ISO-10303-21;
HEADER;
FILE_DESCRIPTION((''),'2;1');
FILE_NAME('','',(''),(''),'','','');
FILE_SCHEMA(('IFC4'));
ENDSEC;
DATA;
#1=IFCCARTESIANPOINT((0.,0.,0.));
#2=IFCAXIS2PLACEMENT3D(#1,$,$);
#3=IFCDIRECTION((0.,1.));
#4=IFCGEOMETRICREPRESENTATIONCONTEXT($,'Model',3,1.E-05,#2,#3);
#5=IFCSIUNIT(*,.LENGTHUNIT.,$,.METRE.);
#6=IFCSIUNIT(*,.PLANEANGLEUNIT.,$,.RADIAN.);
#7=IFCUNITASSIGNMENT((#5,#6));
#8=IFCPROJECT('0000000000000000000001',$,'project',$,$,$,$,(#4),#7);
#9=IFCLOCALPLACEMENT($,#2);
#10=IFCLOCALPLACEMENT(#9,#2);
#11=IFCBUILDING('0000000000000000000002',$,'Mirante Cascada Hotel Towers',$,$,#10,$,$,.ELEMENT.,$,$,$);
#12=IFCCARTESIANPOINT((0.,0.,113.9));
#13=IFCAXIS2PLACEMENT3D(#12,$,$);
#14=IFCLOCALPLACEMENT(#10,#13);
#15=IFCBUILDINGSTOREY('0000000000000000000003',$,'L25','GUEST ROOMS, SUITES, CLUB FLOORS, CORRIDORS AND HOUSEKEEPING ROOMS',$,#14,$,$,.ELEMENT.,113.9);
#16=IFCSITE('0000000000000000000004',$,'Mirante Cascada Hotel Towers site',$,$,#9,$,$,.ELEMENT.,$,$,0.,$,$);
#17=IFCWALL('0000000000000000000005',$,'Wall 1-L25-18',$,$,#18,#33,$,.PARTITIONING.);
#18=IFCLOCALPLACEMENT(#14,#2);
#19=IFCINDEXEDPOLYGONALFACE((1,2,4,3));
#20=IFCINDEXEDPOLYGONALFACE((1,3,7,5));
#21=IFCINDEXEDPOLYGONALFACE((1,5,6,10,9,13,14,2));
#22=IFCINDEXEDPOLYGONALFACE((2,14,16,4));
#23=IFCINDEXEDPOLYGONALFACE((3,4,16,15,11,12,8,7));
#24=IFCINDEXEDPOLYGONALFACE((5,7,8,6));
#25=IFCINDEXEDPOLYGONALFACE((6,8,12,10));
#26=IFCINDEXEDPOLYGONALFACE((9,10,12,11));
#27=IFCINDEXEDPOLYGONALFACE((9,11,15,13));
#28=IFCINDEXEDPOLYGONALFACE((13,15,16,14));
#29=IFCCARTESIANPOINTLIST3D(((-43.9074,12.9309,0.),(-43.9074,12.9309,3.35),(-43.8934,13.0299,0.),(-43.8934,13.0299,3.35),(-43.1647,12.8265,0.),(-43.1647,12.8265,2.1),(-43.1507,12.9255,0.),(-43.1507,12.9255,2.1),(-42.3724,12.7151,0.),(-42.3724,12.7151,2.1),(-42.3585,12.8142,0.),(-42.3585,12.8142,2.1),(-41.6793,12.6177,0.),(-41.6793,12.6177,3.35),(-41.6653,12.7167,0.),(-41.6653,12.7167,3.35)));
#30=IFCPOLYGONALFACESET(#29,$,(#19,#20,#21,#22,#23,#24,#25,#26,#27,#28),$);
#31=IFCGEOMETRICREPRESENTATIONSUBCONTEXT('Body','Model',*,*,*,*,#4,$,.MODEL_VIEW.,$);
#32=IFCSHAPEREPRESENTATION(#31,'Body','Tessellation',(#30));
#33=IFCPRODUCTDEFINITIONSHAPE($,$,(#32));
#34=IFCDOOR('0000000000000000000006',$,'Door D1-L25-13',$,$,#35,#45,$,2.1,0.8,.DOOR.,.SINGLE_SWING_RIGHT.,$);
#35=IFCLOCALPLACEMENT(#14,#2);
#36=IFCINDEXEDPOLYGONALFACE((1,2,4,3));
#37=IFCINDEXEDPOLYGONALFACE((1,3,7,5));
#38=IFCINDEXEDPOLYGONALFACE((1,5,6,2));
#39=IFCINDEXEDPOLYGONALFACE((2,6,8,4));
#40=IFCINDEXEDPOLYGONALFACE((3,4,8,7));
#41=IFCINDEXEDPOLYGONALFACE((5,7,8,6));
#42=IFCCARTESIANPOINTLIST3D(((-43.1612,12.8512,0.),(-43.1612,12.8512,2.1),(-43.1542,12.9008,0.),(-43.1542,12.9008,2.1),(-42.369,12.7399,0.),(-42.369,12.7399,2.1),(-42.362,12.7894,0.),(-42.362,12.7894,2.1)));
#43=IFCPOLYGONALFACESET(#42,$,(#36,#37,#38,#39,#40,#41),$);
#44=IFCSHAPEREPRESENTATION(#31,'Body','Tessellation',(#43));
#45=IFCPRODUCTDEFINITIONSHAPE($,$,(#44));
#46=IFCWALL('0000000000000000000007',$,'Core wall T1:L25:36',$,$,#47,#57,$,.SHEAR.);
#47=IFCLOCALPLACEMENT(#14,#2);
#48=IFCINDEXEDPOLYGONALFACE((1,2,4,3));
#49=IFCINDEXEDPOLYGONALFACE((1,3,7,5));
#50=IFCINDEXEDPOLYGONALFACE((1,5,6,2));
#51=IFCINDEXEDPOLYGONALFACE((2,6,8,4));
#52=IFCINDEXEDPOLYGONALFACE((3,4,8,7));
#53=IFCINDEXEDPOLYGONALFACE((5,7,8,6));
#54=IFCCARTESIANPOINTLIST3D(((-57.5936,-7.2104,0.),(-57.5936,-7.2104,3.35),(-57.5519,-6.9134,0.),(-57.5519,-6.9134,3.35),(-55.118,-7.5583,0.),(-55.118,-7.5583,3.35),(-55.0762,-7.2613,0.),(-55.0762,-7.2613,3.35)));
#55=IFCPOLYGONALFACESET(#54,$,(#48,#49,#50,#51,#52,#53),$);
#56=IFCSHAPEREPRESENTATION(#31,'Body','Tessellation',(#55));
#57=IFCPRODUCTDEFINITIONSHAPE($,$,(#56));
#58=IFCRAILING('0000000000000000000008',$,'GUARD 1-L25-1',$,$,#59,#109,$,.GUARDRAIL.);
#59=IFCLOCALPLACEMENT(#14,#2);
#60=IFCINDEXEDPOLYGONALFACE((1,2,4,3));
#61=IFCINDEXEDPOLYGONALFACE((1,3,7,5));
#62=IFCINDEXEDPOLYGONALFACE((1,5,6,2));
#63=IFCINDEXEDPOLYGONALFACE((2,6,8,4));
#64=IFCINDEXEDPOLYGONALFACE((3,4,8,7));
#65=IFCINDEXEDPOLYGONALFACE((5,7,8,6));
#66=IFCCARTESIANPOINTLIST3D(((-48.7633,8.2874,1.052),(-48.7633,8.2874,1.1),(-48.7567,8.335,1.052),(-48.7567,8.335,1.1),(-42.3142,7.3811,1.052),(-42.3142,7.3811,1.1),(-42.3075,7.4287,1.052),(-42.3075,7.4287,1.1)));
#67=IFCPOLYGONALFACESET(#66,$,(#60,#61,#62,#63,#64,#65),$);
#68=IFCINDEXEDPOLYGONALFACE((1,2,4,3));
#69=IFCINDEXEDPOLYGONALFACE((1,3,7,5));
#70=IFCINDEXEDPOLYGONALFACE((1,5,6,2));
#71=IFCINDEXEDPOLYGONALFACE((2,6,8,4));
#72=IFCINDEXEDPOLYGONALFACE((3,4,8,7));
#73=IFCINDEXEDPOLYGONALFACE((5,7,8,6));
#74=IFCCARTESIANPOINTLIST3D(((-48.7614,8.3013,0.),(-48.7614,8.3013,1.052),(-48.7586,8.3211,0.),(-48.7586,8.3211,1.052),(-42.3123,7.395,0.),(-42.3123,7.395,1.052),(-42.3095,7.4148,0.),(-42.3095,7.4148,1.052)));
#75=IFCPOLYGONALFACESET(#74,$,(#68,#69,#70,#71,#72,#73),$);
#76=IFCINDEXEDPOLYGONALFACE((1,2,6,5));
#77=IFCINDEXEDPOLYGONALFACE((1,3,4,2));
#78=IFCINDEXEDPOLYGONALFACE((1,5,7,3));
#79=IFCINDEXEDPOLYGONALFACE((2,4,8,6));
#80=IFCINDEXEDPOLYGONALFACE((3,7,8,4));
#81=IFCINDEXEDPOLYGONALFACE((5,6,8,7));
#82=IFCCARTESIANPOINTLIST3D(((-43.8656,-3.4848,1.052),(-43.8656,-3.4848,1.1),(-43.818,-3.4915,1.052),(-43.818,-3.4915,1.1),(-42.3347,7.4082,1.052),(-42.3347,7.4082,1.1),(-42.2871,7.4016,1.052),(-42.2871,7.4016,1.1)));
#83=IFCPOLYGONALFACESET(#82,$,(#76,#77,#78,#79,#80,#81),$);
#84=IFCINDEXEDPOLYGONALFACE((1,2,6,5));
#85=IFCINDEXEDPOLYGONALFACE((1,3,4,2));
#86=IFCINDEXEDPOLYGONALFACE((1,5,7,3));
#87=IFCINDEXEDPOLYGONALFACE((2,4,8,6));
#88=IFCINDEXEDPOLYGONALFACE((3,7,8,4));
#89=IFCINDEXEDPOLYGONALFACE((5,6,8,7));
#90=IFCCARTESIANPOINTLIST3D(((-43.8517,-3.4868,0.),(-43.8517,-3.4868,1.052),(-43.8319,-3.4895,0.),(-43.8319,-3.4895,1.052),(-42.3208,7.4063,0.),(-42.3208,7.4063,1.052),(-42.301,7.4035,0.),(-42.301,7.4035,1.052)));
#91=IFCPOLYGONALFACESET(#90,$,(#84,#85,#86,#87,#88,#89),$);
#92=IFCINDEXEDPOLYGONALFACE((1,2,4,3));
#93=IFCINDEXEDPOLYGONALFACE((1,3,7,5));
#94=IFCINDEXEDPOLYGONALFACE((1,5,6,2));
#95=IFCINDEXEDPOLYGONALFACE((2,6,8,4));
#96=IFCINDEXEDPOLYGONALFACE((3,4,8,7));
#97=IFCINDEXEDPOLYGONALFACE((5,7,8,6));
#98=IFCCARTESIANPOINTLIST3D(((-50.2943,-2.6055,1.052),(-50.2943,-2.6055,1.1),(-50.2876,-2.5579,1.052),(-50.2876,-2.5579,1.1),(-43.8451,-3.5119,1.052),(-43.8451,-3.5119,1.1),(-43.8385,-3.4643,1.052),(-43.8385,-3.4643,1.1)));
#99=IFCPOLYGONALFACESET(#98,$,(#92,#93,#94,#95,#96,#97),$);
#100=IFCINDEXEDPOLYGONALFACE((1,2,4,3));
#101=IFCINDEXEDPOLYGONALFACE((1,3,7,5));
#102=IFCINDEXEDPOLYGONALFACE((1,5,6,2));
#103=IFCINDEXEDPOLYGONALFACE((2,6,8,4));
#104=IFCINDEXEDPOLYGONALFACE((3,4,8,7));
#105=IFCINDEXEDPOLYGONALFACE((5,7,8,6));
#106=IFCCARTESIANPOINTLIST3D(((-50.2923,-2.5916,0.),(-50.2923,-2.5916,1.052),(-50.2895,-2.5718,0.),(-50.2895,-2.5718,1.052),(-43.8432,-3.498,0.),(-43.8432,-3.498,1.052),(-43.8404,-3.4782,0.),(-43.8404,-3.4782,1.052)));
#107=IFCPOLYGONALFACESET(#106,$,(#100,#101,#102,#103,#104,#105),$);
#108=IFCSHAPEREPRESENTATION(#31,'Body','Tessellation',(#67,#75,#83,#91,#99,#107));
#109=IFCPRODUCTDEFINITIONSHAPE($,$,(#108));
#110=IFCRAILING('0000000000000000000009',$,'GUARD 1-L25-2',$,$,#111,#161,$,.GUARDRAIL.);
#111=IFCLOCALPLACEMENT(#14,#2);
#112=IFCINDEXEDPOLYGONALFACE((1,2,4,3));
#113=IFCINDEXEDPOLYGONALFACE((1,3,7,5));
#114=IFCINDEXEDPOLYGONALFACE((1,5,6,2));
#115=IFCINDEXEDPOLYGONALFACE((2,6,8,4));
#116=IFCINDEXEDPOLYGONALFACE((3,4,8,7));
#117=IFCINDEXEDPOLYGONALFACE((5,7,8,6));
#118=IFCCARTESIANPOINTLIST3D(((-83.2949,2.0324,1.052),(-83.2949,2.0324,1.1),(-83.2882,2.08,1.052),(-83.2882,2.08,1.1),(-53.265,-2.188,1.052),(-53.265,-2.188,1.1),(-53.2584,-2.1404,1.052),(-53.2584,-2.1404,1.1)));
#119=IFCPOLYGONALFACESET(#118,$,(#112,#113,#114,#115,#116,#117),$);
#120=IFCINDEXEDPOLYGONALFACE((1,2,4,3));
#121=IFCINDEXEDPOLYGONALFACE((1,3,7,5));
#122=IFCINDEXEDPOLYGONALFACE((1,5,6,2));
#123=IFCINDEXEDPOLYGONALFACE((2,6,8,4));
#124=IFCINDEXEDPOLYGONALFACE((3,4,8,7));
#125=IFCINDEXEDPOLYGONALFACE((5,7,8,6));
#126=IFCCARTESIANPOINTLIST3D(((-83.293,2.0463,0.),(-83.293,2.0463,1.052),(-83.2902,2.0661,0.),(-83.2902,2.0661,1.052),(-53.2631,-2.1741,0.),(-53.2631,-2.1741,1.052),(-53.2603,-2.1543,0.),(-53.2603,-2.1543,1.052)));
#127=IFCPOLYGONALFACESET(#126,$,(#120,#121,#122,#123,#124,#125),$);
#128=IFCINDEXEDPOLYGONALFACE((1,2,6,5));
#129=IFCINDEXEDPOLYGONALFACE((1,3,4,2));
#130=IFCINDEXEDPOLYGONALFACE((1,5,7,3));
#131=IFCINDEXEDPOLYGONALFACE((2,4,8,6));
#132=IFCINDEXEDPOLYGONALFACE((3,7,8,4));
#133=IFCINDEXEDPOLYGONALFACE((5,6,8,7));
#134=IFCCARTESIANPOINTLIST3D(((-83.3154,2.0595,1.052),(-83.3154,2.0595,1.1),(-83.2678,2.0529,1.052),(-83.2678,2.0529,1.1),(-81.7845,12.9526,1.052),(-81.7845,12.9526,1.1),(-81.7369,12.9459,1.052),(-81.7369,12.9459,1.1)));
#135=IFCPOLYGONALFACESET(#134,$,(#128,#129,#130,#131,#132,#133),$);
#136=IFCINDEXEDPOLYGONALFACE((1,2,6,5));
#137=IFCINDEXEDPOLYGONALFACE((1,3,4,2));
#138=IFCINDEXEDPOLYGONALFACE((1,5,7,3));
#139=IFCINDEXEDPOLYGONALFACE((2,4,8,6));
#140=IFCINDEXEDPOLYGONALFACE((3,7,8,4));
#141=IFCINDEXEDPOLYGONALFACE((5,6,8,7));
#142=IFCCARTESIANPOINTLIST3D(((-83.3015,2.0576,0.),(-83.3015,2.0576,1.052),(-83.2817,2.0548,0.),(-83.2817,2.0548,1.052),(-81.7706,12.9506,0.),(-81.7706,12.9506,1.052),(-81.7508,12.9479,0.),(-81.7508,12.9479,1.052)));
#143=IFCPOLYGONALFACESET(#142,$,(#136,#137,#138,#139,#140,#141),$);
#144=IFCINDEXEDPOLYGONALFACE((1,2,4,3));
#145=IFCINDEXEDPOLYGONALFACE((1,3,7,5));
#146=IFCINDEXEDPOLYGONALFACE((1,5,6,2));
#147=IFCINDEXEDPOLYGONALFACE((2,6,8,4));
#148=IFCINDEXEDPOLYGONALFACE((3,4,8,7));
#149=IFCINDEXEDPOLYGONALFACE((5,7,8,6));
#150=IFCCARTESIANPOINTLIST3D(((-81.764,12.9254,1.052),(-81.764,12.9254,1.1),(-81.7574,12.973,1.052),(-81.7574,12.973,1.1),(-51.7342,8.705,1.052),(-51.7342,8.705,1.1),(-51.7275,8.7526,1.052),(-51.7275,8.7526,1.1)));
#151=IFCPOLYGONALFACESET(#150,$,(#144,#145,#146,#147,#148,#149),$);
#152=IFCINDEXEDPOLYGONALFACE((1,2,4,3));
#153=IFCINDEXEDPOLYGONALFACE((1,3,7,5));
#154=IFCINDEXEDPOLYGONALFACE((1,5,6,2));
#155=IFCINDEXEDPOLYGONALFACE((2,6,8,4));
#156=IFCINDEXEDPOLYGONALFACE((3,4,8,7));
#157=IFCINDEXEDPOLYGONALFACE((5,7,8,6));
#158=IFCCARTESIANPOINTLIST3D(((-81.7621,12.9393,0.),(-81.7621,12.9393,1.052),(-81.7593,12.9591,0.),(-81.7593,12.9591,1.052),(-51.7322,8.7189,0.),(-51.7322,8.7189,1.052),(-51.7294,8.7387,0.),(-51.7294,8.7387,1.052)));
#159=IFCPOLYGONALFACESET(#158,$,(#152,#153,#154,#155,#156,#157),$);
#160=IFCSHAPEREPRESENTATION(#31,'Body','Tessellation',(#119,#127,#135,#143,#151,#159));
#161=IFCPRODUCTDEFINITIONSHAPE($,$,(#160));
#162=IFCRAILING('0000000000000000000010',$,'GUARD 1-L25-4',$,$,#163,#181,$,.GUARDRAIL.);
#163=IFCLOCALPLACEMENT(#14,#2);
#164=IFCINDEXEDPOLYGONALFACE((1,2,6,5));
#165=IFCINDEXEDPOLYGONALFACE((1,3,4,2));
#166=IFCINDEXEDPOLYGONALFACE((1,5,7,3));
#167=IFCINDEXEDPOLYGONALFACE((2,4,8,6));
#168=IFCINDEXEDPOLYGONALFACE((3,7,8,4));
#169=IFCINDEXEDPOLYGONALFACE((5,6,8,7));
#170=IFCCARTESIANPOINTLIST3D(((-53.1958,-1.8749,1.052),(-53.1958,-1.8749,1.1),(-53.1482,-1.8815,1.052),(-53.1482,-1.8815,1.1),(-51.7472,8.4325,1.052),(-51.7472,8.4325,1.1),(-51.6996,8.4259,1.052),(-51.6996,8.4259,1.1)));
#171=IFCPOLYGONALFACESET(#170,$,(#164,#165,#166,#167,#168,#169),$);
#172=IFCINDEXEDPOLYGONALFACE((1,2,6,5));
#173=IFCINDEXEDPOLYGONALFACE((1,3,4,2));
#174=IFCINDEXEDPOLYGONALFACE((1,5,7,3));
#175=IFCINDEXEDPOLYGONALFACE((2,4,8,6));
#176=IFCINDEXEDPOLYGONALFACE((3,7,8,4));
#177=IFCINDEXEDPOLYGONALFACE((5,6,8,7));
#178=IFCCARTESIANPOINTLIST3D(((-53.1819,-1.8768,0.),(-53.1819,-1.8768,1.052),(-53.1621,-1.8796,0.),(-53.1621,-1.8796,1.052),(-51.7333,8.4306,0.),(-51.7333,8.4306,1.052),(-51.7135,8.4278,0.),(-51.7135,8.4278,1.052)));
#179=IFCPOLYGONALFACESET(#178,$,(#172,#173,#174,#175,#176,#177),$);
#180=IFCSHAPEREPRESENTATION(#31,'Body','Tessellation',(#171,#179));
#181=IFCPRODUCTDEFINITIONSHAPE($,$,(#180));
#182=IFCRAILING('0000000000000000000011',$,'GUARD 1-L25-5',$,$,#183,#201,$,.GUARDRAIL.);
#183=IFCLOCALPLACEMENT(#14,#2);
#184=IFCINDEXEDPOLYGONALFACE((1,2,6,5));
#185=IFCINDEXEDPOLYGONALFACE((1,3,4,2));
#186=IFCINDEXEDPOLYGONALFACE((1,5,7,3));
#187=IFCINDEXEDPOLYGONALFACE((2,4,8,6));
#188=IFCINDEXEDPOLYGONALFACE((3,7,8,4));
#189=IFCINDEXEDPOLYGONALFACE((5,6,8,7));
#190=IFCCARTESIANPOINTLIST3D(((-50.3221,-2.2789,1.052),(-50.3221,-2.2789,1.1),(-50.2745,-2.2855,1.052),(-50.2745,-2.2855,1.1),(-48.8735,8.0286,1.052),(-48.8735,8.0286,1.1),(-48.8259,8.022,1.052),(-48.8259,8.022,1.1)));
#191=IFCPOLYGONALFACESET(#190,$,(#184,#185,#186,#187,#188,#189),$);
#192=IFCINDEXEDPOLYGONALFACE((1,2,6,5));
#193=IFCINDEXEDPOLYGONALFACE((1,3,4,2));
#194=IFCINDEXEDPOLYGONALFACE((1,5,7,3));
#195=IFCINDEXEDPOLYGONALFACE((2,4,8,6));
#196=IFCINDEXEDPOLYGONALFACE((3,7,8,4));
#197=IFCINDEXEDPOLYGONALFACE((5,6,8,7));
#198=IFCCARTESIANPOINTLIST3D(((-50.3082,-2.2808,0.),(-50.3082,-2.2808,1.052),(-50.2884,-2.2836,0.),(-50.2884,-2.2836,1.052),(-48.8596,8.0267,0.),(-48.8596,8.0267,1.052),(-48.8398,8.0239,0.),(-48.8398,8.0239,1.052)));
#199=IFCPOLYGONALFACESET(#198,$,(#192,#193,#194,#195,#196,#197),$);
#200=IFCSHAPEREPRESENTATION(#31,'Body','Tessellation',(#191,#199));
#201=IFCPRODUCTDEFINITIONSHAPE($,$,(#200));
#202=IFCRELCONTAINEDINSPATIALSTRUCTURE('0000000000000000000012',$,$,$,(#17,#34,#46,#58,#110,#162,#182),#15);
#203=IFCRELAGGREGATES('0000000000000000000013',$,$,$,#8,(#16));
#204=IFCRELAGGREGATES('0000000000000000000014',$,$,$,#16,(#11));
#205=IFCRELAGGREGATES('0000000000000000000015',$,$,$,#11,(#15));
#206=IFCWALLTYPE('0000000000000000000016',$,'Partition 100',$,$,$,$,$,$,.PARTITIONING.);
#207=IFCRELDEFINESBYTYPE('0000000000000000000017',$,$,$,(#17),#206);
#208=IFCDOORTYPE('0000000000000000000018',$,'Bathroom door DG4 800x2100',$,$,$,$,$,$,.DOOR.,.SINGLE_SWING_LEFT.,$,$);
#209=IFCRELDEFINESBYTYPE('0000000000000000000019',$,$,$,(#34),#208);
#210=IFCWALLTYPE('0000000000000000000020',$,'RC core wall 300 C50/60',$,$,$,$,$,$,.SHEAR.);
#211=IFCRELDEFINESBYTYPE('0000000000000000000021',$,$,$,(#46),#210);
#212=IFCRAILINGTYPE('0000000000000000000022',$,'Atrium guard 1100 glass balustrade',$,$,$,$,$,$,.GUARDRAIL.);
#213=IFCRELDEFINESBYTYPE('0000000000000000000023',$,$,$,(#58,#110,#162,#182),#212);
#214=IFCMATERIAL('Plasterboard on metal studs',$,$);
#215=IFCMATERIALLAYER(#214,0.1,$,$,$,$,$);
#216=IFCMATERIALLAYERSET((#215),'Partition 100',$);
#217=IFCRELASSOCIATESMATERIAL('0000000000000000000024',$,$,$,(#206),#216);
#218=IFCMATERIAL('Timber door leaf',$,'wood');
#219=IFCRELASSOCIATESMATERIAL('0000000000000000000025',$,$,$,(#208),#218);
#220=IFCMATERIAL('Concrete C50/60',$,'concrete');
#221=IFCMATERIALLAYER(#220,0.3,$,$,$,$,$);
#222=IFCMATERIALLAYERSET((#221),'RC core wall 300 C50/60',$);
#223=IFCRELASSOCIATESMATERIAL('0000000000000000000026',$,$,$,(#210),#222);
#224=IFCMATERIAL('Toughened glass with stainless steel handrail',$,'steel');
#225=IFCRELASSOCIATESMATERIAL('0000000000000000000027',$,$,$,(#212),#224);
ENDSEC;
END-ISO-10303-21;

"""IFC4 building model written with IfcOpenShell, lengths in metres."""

from ifc_helpers import new_model, si_unit, direction, frame, frame_2d, origin, origin_2d, place, context, subcontext, project, spatial, rectangle, extrude, material, layer, layer_set, type_object, element, fill, save


model = new_model("IFC4")

# Units and contexts
model_context = context("Model", 3, precision=1e-05, world=origin(), true_north=direction((0.0, 1.0)))
body_context = subcontext(model_context, "Body", "Model", "MODEL_VIEW")
ifc_project = project(units=[si_unit("LENGTHUNIT", "METRE"), si_unit("PLANEANGLEUNIT", "RADIAN")], contexts=[model_context])

# Site, building, storey
site_placement = place(None, origin())
site = spatial("IfcSite", under=ifc_project, at=site_placement, Name="Mirante Cascada Hotel Towers site", CompositionType="ELEMENT", RefElevation=0.0)
building_placement = place(site_placement, origin())
building = spatial("IfcBuilding", under=site, at=building_placement, Name="Mirante Cascada Hotel Towers", CompositionType="ELEMENT")
storey_placement = place(building_placement, frame((0.0, 0.0, 113.9)))
storey = spatial("IfcBuildingStorey", under=building, at=storey_placement, Name="L25", Description="GUEST ROOMS, SUITES, CLUB FLOORS, CORRIDORS AND HOUSEKEEPING ROOMS", CompositionType="ELEMENT", Elevation=113.9)

# Shared definitions
ifc_material_1 = material(Name="Plasterboard on metal studs")
ifc_layer_1 = layer(ifc_material_1, 0.1)
ifc_layer_set_1 = layer_set([ifc_layer_1], Name="Partition 100")
wall_type_1 = type_object("IfcWallType", Name="Partition 100", PredefinedType="PARTITIONING", material=ifc_layer_set_1)

# Wall, opening, door
wall_1_placement = place(storey_placement, frame((-41.6723, 12.6672, 0.0), z_axis=(0.0, 0.0, 1.0), x_axis=(-0.990264, 0.1392, 0.0)))
wall_1 = element("IfcWall", 1, at=wall_1_placement, inside=storey, type_object=wall_type_1, Name="Wall 1-L25-18", PredefinedType="PARTITIONING", context=body_context, shape_type="SweptSolid", body=[
    extrude(rectangle(XDim=2.25, YDim=0.1, at=frame_2d((1.125, 0.0))), origin(), (0.0, 0.0, 1.0), 3.35),
])
opening_1_placement = place(wall_1_placement, frame((0.7, 0.0, 0.0)))
opening_1 = element("IfcOpeningElement", 2, at=opening_1_placement, cuts=wall_1, PredefinedType="OPENING", context=body_context, shape_type="SweptSolid", body=[
    extrude(rectangle(XDim=0.8, YDim=2.1, at=frame_2d((0.4, 1.05))), frame((0.0, 0.05, 0.0), z_axis=(0.0, -1.0, 0.0), x_axis=(1.0, 0.0, 0.0)), (0.0, 0.0, 1.0), 0.1),
])
ifc_material_2 = material(Name="Timber door leaf", Category="wood")
door_type_1 = type_object("IfcDoorType", Name="Bathroom door DG4 800x2100", OperationType="SINGLE_SWING_LEFT", PredefinedType="DOOR", material=ifc_material_2)
door_1_placement = place(opening_1_placement, frame((0.8, 0.0, 0.0), z_axis=(0.0, 0.0, 1.0), x_axis=(-1.0, 0.0, 0.0)))
door_1 = element("IfcDoor", 3, at=door_1_placement, inside=storey, type_object=door_type_1, Name="Door D1-L25-13", OperationType="SINGLE_SWING_RIGHT", OverallHeight=2.1, OverallWidth=0.8, PredefinedType="DOOR", context=body_context, shape_type="SweptSolid", body=[
    extrude(rectangle(XDim=0.8, YDim=2.1, at=frame_2d((0.4, 1.05))), frame((0.0, 0.025, 0.0), z_axis=(0.0, -1.0, 0.0), x_axis=(1.0, 0.0, 0.0)), (0.0, 0.0, 1.0), 0.05),
])
fill(opening_1, door_1)

# Wall
ifc_material_3 = material(Name="Concrete C50/60", Category="concrete")
ifc_layer_2 = layer(ifc_material_3, 0.3)
ifc_layer_set_2 = layer_set([ifc_layer_2], Name="RC core wall 300 C50/60")
wall_type_2 = type_object("IfcWallType", Name="RC core wall 300 C50/60", PredefinedType="SHEAR", material=ifc_layer_set_2)
wall_2_placement = place(storey_placement, frame((-55.0971, -7.4098, 0.0), z_axis=(0.0, 0.0, 1.0), x_axis=(-0.99027, 0.139159, 0.0)))
element("IfcWall", 4, at=wall_2_placement, inside=storey, type_object=wall_type_2, Name="Core wall T1:L25:36", PredefinedType="SHEAR", context=body_context, shape_type="SweptSolid", body=[
    extrude(rectangle(XDim=2.5, YDim=0.3, at=frame_2d((1.25, 0.0))), origin(), (0.0, 0.0, 1.0), 3.35),
])

# Railings
ifc_material_4 = material(Name="Toughened glass with stainless steel handrail", Category="steel")
railing_type = type_object("IfcRailingType", Name="Atrium guard 1100 glass balustrade", PredefinedType="GUARDRAIL", material=ifc_material_4)
railing_1_placement = place(storey_placement, frame((-48.76, 8.3112, 0.0)))
element("IfcRailing", 5, at=railing_1_placement, inside=storey, type_object=railing_type, Name="GUARD 1-L25-1", PredefinedType="GUARDRAIL", context=body_context, shape_type="SweptSolid", body=[
    extrude(rectangle(XDim=0.048, YDim=0.048, at=origin_2d()), frame((0.0, 0.0, 1.076), z_axis=(0.990269, -0.139164, 0.0), x_axis=(0.139164, 0.990269, 0.0)), (0.0, 0.0, 1.0), 6.5125),
    extrude(rectangle(XDim=0.02, YDim=1.052, at=origin_2d()), frame((0.0, 0.0, 0.526), z_axis=(0.990269, -0.139164, 0.0), x_axis=(0.139164, 0.990269, 0.0)), (0.0, 0.0, 1.0), 6.5125),
    extrude(rectangle(XDim=0.048, YDim=0.048, at=origin_2d()), frame((6.4491, -0.9063, 1.076), z_axis=(-0.139172, -0.990268, 0.0), x_axis=(0.990268, -0.139172, 0.0)), (0.0, 0.0, 1.0), 11.0001),
    extrude(rectangle(XDim=0.02, YDim=1.052, at=origin_2d()), frame((6.4491, -0.9063, 0.526), z_axis=(-0.139172, -0.990268, 0.0), x_axis=(0.990268, -0.139172, 0.0)), (0.0, 0.0, 1.0), 11.0001),
    extrude(rectangle(XDim=0.048, YDim=0.048, at=origin_2d()), frame((4.9182, -11.7993, 1.076), z_axis=(-0.990267, 0.139179, 0.0), x_axis=(-0.139179, -0.990267, 0.0)), (0.0, 0.0, 1.0), 6.5125),
    extrude(rectangle(XDim=0.02, YDim=1.052, at=origin_2d()), frame((4.9182, -11.7993, 0.526), z_axis=(-0.990267, 0.139179, 0.0), x_axis=(-0.139179, -0.990267, 0.0)), (0.0, 0.0, 1.0), 6.5125),
])
railing_2_placement = place(storey_placement, frame((-53.2617, -2.1642, 0.0)))
element("IfcRailing", 6, at=railing_2_placement, inside=storey, type_object=railing_type, Name="GUARD 1-L25-2", PredefinedType="GUARDRAIL", context=body_context, shape_type="SweptSolid", body=[
    extrude(rectangle(XDim=0.048, YDim=0.048, at=origin_2d()), frame((0.0, 0.0, 1.076), z_axis=(-0.990268, 0.139172, 0.0), x_axis=(-0.139172, -0.990268, 0.0)), (0.0, 0.0, 1.0), 30.325),
    extrude(rectangle(XDim=0.02, YDim=1.052, at=origin_2d()), frame((0.0, 0.0, 0.526), z_axis=(-0.990268, 0.139172, 0.0), x_axis=(-0.139172, -0.990268, 0.0)), (0.0, 0.0, 1.0), 30.325),
    extrude(rectangle(XDim=0.048, YDim=0.048, at=origin_2d()), frame((-30.0299, 4.2204, 1.076), z_axis=(0.139172, 0.990268, 0.0), x_axis=(-0.990268, 0.139172, 0.0)), (0.0, 0.0, 1.0), 11.0001),
    extrude(rectangle(XDim=0.02, YDim=1.052, at=origin_2d()), frame((-30.0299, 4.2204, 0.526), z_axis=(0.139172, 0.990268, 0.0), x_axis=(-0.990268, 0.139172, 0.0)), (0.0, 0.0, 1.0), 11.0001),
    extrude(rectangle(XDim=0.048, YDim=0.048, at=origin_2d()), frame((-28.499, 15.1134, 1.076), z_axis=(0.990268, -0.139172, 0.0), x_axis=(0.139172, 0.990268, 0.0)), (0.0, 0.0, 1.0), 30.325),
    extrude(rectangle(XDim=0.02, YDim=1.052, at=origin_2d()), frame((-28.499, 15.1134, 0.526), z_axis=(0.990268, -0.139172, 0.0), x_axis=(0.139172, 0.990268, 0.0)), (0.0, 0.0, 1.0), 30.325),
])
railing_3_placement = place(storey_placement, frame((-53.172, -1.8782, 0.0)))
element("IfcRailing", 7, at=railing_3_placement, inside=storey, type_object=railing_type, Name="GUARD 1-L25-4", PredefinedType="GUARDRAIL", context=body_context, shape_type="SweptSolid", body=[
    extrude(rectangle(XDim=0.048, YDim=0.048, at=origin_2d()), frame((0.0, 0.0, 1.076), z_axis=(0.139172, 0.990268, 0.0), x_axis=(-0.990268, 0.139172, 0.0)), (0.0, 0.0, 1.0), 10.4087),
    extrude(rectangle(XDim=0.02, YDim=1.052, at=origin_2d()), frame((0.0, 0.0, 0.526), z_axis=(0.139172, 0.990268, 0.0), x_axis=(-0.990268, 0.139172, 0.0)), (0.0, 0.0, 1.0), 10.4087),
])
railing_4_placement = place(storey_placement, frame((-48.8497, 8.0253, 0.0)))
element("IfcRailing", 8, at=railing_4_placement, inside=storey, type_object=railing_type, Name="GUARD 1-L25-5", PredefinedType="GUARDRAIL", context=body_context, shape_type="SweptSolid", body=[
    extrude(rectangle(XDim=0.048, YDim=0.048, at=origin_2d()), frame((0.0, 0.0, 1.076), z_axis=(-0.139171, -0.990268, 0.0), x_axis=(0.990268, -0.139171, 0.0)), (0.0, 0.0, 1.0), 10.4088),
    extrude(rectangle(XDim=0.02, YDim=1.052, at=origin_2d()), frame((0.0, 0.0, 0.526), z_axis=(-0.139171, -0.990268, 0.0), x_axis=(0.990268, -0.139171, 0.0)), (0.0, 0.0, 1.0), 10.4088),
])

save(model, "model.ifc")
